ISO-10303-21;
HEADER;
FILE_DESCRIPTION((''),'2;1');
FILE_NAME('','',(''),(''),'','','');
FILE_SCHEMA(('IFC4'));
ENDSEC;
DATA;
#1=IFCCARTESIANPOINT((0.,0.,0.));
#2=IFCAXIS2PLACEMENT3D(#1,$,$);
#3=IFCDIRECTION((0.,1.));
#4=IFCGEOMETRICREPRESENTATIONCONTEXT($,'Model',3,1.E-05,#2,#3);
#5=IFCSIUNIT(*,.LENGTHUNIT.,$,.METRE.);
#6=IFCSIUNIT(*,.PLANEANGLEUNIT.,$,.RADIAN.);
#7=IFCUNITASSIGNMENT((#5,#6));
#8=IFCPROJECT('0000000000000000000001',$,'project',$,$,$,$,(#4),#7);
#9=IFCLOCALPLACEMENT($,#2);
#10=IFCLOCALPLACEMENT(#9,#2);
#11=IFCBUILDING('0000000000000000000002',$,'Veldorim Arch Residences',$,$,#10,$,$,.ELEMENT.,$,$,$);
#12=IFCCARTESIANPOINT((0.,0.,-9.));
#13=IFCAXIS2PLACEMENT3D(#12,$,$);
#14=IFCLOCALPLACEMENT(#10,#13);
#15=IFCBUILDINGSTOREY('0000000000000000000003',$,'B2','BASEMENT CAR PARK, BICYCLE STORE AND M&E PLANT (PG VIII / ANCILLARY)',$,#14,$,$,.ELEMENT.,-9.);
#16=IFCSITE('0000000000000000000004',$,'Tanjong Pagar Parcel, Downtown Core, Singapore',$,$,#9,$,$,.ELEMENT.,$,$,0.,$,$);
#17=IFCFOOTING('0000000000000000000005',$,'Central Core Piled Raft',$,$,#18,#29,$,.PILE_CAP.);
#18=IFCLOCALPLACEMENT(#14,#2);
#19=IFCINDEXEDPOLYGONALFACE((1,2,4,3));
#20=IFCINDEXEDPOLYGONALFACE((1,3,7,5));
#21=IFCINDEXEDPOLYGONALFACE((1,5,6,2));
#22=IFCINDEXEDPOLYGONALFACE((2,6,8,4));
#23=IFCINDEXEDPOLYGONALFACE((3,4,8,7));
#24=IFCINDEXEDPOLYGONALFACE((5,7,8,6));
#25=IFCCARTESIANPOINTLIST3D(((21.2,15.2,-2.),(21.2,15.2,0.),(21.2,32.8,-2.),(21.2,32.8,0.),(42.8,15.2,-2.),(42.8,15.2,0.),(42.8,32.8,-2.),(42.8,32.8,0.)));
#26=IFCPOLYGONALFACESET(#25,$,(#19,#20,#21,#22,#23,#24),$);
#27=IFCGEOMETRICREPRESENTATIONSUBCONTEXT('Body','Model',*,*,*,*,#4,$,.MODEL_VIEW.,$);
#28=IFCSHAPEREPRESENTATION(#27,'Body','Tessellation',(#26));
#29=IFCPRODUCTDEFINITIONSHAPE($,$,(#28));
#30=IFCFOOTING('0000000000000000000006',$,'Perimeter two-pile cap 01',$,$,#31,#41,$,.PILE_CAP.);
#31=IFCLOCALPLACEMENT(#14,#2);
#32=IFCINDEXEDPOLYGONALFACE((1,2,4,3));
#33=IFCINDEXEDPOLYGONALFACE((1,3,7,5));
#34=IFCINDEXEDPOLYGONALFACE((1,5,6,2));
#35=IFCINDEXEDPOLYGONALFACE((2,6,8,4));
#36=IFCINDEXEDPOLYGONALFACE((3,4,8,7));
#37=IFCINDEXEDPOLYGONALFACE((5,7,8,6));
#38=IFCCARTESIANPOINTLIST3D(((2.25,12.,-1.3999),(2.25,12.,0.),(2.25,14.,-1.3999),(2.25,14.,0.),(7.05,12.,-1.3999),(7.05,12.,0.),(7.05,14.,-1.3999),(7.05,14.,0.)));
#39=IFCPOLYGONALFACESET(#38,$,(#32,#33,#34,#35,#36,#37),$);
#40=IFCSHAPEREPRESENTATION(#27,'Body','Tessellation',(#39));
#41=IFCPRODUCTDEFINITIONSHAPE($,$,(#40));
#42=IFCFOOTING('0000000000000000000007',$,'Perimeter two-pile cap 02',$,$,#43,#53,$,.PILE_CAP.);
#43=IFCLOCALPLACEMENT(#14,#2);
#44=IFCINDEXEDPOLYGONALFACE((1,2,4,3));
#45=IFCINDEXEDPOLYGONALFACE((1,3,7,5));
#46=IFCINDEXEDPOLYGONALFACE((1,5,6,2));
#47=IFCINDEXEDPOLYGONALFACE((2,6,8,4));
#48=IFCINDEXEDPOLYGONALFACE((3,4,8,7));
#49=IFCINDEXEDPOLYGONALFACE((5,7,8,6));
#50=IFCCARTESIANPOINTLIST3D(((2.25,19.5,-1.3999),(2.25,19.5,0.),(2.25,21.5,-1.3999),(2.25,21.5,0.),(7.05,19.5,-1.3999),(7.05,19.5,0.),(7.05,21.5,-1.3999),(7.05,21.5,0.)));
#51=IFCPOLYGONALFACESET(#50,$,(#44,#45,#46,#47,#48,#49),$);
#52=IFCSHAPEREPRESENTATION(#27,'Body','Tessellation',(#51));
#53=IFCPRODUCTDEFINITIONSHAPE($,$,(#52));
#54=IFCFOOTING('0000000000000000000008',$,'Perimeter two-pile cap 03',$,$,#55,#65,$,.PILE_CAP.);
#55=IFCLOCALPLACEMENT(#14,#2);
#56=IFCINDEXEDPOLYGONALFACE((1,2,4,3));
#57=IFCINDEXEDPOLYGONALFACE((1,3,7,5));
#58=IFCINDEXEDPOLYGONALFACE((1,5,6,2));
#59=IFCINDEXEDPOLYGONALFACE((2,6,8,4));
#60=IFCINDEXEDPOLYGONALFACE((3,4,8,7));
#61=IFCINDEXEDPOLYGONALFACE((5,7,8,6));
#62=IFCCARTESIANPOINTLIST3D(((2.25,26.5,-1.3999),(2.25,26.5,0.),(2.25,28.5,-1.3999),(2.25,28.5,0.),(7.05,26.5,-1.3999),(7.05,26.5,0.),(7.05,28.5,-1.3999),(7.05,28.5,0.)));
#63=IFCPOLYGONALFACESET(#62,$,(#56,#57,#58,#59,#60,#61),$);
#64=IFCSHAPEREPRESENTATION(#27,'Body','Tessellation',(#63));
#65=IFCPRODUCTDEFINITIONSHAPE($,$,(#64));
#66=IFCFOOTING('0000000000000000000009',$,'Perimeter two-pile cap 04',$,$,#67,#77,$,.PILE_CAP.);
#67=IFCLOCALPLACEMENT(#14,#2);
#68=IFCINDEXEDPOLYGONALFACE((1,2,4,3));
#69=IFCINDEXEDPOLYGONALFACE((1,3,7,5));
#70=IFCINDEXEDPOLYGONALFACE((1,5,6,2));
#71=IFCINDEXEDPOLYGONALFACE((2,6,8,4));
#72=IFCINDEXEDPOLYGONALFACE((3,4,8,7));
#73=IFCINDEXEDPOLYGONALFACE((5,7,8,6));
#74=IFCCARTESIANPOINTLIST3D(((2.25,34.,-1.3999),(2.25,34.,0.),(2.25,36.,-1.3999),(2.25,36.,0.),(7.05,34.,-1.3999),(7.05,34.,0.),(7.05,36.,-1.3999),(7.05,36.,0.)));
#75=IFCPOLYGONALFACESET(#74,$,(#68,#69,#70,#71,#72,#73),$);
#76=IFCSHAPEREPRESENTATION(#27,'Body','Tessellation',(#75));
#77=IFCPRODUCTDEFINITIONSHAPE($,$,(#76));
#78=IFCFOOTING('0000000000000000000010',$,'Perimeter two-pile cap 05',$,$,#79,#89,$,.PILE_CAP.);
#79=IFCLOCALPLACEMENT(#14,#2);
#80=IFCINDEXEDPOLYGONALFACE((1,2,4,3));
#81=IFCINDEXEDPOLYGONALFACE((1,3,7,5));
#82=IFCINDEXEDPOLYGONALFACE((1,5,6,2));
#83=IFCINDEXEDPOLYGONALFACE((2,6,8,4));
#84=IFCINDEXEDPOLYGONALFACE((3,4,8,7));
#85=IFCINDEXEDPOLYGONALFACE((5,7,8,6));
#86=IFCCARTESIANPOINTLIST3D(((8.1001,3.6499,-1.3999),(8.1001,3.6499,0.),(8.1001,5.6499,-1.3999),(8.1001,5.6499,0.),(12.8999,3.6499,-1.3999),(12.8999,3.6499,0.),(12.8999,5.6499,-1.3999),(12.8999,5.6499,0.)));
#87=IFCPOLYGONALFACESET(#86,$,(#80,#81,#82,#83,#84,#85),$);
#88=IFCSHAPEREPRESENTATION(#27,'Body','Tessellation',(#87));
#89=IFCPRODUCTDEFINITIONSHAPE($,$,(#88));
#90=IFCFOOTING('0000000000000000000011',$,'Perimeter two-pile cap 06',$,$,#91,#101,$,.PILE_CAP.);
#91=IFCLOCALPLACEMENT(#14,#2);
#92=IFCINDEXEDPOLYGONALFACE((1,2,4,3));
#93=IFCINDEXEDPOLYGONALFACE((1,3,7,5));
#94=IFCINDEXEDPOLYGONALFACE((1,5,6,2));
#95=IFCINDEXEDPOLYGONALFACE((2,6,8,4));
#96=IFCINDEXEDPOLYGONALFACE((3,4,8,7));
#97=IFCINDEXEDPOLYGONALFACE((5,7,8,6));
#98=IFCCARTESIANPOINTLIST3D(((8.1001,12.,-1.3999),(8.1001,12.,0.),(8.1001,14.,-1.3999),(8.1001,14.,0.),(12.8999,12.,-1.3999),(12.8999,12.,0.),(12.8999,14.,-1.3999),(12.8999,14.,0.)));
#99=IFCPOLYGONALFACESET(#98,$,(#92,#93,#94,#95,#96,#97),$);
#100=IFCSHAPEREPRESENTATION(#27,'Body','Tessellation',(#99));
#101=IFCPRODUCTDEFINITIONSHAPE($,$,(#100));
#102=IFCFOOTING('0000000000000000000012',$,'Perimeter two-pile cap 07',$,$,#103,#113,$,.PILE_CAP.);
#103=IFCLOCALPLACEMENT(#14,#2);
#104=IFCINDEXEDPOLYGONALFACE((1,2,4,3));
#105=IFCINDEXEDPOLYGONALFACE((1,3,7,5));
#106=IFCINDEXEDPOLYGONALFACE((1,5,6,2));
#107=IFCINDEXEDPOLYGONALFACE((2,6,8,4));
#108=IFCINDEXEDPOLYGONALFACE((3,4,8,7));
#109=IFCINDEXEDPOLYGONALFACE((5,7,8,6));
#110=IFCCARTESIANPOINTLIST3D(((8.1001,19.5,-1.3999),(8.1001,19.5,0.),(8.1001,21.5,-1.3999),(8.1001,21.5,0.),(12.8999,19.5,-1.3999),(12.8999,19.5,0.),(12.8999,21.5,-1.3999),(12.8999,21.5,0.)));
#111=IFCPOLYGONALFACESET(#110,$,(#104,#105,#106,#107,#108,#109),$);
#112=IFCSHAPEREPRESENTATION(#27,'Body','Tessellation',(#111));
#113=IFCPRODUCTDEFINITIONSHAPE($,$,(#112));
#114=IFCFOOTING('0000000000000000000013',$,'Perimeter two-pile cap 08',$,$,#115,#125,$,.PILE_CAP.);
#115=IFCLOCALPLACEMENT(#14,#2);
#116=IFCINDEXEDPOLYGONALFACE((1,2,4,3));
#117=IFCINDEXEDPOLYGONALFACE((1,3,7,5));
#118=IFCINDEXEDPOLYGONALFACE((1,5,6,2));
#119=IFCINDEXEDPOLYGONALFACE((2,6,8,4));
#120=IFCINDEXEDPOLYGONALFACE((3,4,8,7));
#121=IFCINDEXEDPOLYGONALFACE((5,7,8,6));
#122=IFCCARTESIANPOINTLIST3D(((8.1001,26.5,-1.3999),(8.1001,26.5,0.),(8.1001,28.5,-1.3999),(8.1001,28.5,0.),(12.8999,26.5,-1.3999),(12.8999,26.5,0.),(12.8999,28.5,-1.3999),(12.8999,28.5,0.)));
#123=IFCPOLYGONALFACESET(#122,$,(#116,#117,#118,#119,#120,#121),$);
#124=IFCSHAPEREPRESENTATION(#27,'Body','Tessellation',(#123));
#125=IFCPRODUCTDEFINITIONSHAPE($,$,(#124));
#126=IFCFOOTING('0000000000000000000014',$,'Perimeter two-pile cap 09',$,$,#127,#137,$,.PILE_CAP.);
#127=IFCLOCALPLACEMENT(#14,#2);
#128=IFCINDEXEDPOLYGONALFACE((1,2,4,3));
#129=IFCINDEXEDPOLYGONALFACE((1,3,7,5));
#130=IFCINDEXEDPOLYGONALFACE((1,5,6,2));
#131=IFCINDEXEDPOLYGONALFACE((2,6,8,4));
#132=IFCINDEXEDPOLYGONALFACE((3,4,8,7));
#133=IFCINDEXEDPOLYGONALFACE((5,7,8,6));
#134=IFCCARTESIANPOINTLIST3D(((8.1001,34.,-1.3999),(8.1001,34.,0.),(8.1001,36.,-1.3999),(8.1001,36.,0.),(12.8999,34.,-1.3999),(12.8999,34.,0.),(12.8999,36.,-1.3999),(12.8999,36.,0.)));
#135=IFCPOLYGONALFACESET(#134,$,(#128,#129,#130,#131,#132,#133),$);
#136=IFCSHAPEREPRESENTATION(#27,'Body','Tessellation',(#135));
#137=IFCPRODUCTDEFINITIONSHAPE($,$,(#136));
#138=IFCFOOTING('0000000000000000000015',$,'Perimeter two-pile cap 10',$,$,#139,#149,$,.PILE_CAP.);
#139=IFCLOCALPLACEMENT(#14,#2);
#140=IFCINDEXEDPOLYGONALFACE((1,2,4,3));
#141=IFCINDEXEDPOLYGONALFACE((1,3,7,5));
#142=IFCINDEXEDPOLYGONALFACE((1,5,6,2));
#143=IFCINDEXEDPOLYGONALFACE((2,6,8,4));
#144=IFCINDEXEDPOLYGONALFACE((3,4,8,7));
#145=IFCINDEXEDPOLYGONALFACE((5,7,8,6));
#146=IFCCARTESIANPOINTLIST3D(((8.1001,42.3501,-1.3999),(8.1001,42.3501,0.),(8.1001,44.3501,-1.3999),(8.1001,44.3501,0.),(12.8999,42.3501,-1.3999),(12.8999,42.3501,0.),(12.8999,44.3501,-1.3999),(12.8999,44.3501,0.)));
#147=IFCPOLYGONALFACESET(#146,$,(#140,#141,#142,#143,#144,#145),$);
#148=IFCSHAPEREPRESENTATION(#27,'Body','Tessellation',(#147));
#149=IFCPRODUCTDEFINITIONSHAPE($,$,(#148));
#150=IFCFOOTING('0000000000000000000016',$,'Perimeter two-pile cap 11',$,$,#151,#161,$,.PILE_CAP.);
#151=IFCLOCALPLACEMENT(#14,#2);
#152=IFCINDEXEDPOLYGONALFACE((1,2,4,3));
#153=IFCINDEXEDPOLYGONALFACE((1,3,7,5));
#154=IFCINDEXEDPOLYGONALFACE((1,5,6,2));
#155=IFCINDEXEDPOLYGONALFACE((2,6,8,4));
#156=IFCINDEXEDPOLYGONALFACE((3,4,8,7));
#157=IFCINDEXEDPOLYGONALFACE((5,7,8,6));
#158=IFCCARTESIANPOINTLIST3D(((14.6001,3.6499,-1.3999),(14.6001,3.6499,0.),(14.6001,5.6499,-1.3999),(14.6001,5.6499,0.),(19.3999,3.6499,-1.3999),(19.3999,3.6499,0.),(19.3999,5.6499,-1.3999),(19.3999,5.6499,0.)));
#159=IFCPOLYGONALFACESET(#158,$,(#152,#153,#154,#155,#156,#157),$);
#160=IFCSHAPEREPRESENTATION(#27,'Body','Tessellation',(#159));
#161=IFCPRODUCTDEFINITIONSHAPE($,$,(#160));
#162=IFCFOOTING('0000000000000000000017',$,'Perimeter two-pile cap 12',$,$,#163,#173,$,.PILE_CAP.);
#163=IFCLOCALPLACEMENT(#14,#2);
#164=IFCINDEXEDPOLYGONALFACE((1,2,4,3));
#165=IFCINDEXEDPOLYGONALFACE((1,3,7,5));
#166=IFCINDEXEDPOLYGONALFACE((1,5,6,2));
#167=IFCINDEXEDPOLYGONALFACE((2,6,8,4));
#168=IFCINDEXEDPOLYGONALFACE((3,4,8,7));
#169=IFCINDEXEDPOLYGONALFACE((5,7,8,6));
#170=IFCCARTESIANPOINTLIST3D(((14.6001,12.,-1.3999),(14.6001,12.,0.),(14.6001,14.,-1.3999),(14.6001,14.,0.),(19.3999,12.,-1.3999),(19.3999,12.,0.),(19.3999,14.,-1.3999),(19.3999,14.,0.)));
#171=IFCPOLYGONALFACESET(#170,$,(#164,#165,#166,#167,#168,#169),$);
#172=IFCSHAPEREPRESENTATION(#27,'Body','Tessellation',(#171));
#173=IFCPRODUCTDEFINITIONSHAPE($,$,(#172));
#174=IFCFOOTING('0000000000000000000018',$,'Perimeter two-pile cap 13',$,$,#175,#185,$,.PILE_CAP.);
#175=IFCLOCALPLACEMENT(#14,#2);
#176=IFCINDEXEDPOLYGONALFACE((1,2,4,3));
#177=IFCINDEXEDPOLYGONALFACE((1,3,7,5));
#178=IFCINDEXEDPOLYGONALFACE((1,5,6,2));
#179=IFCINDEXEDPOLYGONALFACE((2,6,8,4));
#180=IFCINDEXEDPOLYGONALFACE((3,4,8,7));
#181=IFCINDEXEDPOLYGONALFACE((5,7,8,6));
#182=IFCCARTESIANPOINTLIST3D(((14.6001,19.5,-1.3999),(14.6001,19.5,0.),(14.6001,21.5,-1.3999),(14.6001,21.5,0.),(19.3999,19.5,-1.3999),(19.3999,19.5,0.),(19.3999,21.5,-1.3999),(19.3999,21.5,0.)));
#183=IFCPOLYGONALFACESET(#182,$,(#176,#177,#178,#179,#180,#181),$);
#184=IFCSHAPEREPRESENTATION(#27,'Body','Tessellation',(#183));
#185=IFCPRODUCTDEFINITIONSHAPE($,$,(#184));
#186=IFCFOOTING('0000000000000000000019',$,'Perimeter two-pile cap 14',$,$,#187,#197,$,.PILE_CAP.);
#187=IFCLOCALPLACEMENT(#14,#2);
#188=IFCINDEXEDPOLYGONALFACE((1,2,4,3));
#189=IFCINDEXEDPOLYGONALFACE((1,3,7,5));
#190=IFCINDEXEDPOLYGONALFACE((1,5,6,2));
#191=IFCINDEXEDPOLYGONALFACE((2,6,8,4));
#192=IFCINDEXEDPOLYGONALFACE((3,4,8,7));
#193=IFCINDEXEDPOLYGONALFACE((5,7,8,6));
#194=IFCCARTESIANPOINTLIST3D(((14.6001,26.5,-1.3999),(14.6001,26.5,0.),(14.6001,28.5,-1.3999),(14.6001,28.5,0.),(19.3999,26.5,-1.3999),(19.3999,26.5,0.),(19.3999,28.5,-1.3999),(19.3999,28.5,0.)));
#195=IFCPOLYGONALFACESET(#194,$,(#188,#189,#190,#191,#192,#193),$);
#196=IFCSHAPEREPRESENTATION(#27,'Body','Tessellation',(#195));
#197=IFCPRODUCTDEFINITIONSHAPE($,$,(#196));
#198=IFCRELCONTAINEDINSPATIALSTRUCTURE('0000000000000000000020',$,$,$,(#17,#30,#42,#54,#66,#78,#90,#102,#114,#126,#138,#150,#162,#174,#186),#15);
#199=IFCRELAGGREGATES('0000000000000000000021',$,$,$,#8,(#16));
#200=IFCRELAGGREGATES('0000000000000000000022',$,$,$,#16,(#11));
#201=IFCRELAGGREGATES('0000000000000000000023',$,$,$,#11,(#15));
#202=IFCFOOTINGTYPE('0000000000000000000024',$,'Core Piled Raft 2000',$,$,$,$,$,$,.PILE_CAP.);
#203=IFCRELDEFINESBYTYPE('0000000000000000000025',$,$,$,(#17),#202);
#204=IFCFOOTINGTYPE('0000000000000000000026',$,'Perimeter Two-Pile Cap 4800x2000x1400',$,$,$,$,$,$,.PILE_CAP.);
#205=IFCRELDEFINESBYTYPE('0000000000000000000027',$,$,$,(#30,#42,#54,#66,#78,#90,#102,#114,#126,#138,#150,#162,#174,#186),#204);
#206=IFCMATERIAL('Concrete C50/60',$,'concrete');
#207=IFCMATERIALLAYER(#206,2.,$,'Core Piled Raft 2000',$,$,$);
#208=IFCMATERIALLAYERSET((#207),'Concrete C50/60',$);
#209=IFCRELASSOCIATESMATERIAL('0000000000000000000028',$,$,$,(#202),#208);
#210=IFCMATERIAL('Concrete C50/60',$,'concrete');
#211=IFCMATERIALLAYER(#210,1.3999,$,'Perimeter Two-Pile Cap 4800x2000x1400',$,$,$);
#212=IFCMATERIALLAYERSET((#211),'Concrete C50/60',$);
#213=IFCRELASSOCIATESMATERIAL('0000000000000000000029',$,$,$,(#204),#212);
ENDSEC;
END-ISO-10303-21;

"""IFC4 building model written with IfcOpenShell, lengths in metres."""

from ifc_helpers import new_model, si_unit, direction, frame, origin, place, context, subcontext, project, spatial, polyline, outline, extrude, material, layer, layer_set, type_object, element, save


model = new_model("IFC4")

# Units and contexts
model_context = context("Model", 3, precision=1e-05, world=origin(), true_north=direction((0.0, 1.0)))
body_context = subcontext(model_context, "Body", "Model", "MODEL_VIEW")
ifc_project = project(units=[si_unit("LENGTHUNIT", "METRE"), si_unit("PLANEANGLEUNIT", "RADIAN")], contexts=[model_context])

# Site, building, storey
site_placement = place(None, origin())
site = spatial("IfcSite", under=ifc_project, at=site_placement, Name="Tanjong Pagar Parcel, Downtown Core, Singapore", CompositionType="ELEMENT", RefElevation=0.0)
building_placement = place(site_placement, origin())
building = spatial("IfcBuilding", under=site, at=building_placement, Name="Veldorim Arch Residences", CompositionType="ELEMENT")
storey_placement = place(building_placement, frame((0.0, 0.0, -9.0)))
storey = spatial("IfcBuildingStorey", under=building, at=storey_placement, Name="B2", Description="BASEMENT CAR PARK, BICYCLE STORE AND M&E PLANT (PG VIII / ANCILLARY)", CompositionType="ELEMENT", Elevation=-9.0)

# Footings
ifc_material_1 = material(Name="Concrete C50/60", Category="concrete")
ifc_layer_1 = layer(ifc_material_1, 2.0, Name="Core Piled Raft 2000")
ifc_layer_set_1 = layer_set([ifc_layer_1], Name="Concrete C50/60")
footing_type_1 = type_object("IfcFootingType", Name="Core Piled Raft 2000", PredefinedType="PILE_CAP", material=ifc_layer_set_1)
footing_1_placement = place(storey_placement, frame((0.0, 0.0, -2.0)))
element("IfcFooting", 1, at=footing_1_placement, inside=storey, type_object=footing_type_1, Name="Central Core Piled Raft", PredefinedType="PILE_CAP", context=body_context, shape_type="SweptSolid", body=[
    extrude(outline(polyline([(21.2, 15.2), (42.8, 15.2), (42.8, 32.8), (21.2, 32.8), (21.2, 15.2)])), origin(), (0.0, 0.0, 1.0), 2.0),
])
ifc_material_2 = material(Name="Concrete C50/60", Category="concrete")
ifc_layer_2 = layer(ifc_material_2, 1.3999, Name="Perimeter Two-Pile Cap 4800x2000x1400")
ifc_layer_set_2 = layer_set([ifc_layer_2], Name="Concrete C50/60")
footing_type_2 = type_object("IfcFootingType", Name="Perimeter Two-Pile Cap 4800x2000x1400", PredefinedType="PILE_CAP", material=ifc_layer_set_2)
footing_2_placement = place(storey_placement, frame((0.0, 0.0, -1.3999)))
element("IfcFooting", 2, at=footing_2_placement, inside=storey, type_object=footing_type_2, Name="Perimeter two-pile cap 01", PredefinedType="PILE_CAP", context=body_context, shape_type="SweptSolid", body=[
    extrude(outline(polyline([(2.25, 12.0), (7.05, 12.0), (7.05, 14.0), (2.25, 14.0), (2.25, 12.0)])), origin(), (0.0, 0.0, 1.0), 1.3999),
])
footing_3_placement = place(storey_placement, frame((0.0, 0.0, -1.3999)))
element("IfcFooting", 3, at=footing_3_placement, inside=storey, type_object=footing_type_2, Name="Perimeter two-pile cap 02", PredefinedType="PILE_CAP", context=body_context, shape_type="SweptSolid", body=[
    extrude(outline(polyline([(2.25, 19.5), (7.05, 19.5), (7.05, 21.5), (2.25, 21.5), (2.25, 19.5)])), origin(), (0.0, 0.0, 1.0), 1.3999),
])
footing_4_placement = place(storey_placement, frame((0.0, 0.0, -1.3999)))
element("IfcFooting", 4, at=footing_4_placement, inside=storey, type_object=footing_type_2, Name="Perimeter two-pile cap 03", PredefinedType="PILE_CAP", context=body_context, shape_type="SweptSolid", body=[
    extrude(outline(polyline([(2.25, 26.5), (7.05, 26.5), (7.05, 28.5), (2.25, 28.5), (2.25, 26.5)])), origin(), (0.0, 0.0, 1.0), 1.3999),
])
footing_5_placement = place(storey_placement, frame((0.0, 0.0, -1.3999)))
element("IfcFooting", 5, at=footing_5_placement, inside=storey, type_object=footing_type_2, Name="Perimeter two-pile cap 04", PredefinedType="PILE_CAP", context=body_context, shape_type="SweptSolid", body=[
    extrude(outline(polyline([(2.25, 34.0), (7.05, 34.0), (7.05, 36.0), (2.25, 36.0), (2.25, 34.0)])), origin(), (0.0, 0.0, 1.0), 1.3999),
])
footing_6_placement = place(storey_placement, frame((0.0, 0.0, -1.3999)))
element("IfcFooting", 6, at=footing_6_placement, inside=storey, type_object=footing_type_2, Name="Perimeter two-pile cap 05", PredefinedType="PILE_CAP", context=body_context, shape_type="SweptSolid", body=[
    extrude(outline(polyline([(8.1001, 3.6499), (12.8999, 3.6499), (12.8999, 5.6499), (8.1001, 5.6499), (8.1001, 3.6499)])), origin(), (0.0, 0.0, 1.0), 1.3999),
])
footing_7_placement = place(storey_placement, frame((0.0, 0.0, -1.3999)))
element("IfcFooting", 7, at=footing_7_placement, inside=storey, type_object=footing_type_2, Name="Perimeter two-pile cap 06", PredefinedType="PILE_CAP", context=body_context, shape_type="SweptSolid", body=[
    extrude(outline(polyline([(8.1001, 12.0), (12.8999, 12.0), (12.8999, 14.0), (8.1001, 14.0), (8.1001, 12.0)])), origin(), (0.0, 0.0, 1.0), 1.3999),
])
footing_8_placement = place(storey_placement, frame((0.0, 0.0, -1.3999)))
element("IfcFooting", 8, at=footing_8_placement, inside=storey, type_object=footing_type_2, Name="Perimeter two-pile cap 07", PredefinedType="PILE_CAP", context=body_context, shape_type="SweptSolid", body=[
    extrude(outline(polyline([(8.1001, 19.5), (12.8999, 19.5), (12.8999, 21.5), (8.1001, 21.5), (8.1001, 19.5)])), origin(), (0.0, 0.0, 1.0), 1.3999),
])
footing_9_placement = place(storey_placement, frame((0.0, 0.0, -1.3999)))
element("IfcFooting", 9, at=footing_9_placement, inside=storey, type_object=footing_type_2, Name="Perimeter two-pile cap 08", PredefinedType="PILE_CAP", context=body_context, shape_type="SweptSolid", body=[
    extrude(outline(polyline([(8.1001, 26.5), (12.8999, 26.5), (12.8999, 28.5), (8.1001, 28.5), (8.1001, 26.5)])), origin(), (0.0, 0.0, 1.0), 1.3999),
])
footing_10_placement = place(storey_placement, frame((0.0, 0.0, -1.3999)))
element("IfcFooting", 10, at=footing_10_placement, inside=storey, type_object=footing_type_2, Name="Perimeter two-pile cap 09", PredefinedType="PILE_CAP", context=body_context, shape_type="SweptSolid", body=[
    extrude(outline(polyline([(8.1001, 34.0), (12.8999, 34.0), (12.8999, 36.0), (8.1001, 36.0), (8.1001, 34.0)])), origin(), (0.0, 0.0, 1.0), 1.3999),
])
footing_11_placement = place(storey_placement, frame((0.0, 0.0, -1.3999)))
element("IfcFooting", 11, at=footing_11_placement, inside=storey, type_object=footing_type_2, Name="Perimeter two-pile cap 10", PredefinedType="PILE_CAP", context=body_context, shape_type="SweptSolid", body=[
    extrude(outline(polyline([(8.1001, 42.3501), (12.8999, 42.3501), (12.8999, 44.3501), (8.1001, 44.3501), (8.1001, 42.3501)])), origin(), (0.0, 0.0, 1.0), 1.3999),
])
footing_12_placement = place(storey_placement, frame((0.0, 0.0, -1.3999)))
element("IfcFooting", 12, at=footing_12_placement, inside=storey, type_object=footing_type_2, Name="Perimeter two-pile cap 11", PredefinedType="PILE_CAP", context=body_context, shape_type="SweptSolid", body=[
    extrude(outline(polyline([(14.6001, 3.6499), (19.3999, 3.6499), (19.3999, 5.6499), (14.6001, 5.6499), (14.6001, 3.6499)])), origin(), (0.0, 0.0, 1.0), 1.3999),
])
footing_13_placement = place(storey_placement, frame((0.0, 0.0, -1.3999)))
element("IfcFooting", 13, at=footing_13_placement, inside=storey, type_object=footing_type_2, Name="Perimeter two-pile cap 12", PredefinedType="PILE_CAP", context=body_context, shape_type="SweptSolid", body=[
    extrude(outline(polyline([(14.6001, 12.0), (19.3999, 12.0), (19.3999, 14.0), (14.6001, 14.0), (14.6001, 12.0)])), origin(), (0.0, 0.0, 1.0), 1.3999),
])
footing_14_placement = place(storey_placement, frame((0.0, 0.0, -1.3999)))
element("IfcFooting", 14, at=footing_14_placement, inside=storey, type_object=footing_type_2, Name="Perimeter two-pile cap 13", PredefinedType="PILE_CAP", context=body_context, shape_type="SweptSolid", body=[
    extrude(outline(polyline([(14.6001, 19.5), (19.3999, 19.5), (19.3999, 21.5), (14.6001, 21.5), (14.6001, 19.5)])), origin(), (0.0, 0.0, 1.0), 1.3999),
])
footing_15_placement = place(storey_placement, frame((0.0, 0.0, -1.3999)))
element("IfcFooting", 15, at=footing_15_placement, inside=storey, type_object=footing_type_2, Name="Perimeter two-pile cap 14", PredefinedType="PILE_CAP", context=body_context, shape_type="SweptSolid", body=[
    extrude(outline(polyline([(14.6001, 26.5), (19.3999, 26.5), (19.3999, 28.5), (14.6001, 28.5), (14.6001, 26.5)])), origin(), (0.0, 0.0, 1.0), 1.3999),
])

save(model, "model.ifc")
